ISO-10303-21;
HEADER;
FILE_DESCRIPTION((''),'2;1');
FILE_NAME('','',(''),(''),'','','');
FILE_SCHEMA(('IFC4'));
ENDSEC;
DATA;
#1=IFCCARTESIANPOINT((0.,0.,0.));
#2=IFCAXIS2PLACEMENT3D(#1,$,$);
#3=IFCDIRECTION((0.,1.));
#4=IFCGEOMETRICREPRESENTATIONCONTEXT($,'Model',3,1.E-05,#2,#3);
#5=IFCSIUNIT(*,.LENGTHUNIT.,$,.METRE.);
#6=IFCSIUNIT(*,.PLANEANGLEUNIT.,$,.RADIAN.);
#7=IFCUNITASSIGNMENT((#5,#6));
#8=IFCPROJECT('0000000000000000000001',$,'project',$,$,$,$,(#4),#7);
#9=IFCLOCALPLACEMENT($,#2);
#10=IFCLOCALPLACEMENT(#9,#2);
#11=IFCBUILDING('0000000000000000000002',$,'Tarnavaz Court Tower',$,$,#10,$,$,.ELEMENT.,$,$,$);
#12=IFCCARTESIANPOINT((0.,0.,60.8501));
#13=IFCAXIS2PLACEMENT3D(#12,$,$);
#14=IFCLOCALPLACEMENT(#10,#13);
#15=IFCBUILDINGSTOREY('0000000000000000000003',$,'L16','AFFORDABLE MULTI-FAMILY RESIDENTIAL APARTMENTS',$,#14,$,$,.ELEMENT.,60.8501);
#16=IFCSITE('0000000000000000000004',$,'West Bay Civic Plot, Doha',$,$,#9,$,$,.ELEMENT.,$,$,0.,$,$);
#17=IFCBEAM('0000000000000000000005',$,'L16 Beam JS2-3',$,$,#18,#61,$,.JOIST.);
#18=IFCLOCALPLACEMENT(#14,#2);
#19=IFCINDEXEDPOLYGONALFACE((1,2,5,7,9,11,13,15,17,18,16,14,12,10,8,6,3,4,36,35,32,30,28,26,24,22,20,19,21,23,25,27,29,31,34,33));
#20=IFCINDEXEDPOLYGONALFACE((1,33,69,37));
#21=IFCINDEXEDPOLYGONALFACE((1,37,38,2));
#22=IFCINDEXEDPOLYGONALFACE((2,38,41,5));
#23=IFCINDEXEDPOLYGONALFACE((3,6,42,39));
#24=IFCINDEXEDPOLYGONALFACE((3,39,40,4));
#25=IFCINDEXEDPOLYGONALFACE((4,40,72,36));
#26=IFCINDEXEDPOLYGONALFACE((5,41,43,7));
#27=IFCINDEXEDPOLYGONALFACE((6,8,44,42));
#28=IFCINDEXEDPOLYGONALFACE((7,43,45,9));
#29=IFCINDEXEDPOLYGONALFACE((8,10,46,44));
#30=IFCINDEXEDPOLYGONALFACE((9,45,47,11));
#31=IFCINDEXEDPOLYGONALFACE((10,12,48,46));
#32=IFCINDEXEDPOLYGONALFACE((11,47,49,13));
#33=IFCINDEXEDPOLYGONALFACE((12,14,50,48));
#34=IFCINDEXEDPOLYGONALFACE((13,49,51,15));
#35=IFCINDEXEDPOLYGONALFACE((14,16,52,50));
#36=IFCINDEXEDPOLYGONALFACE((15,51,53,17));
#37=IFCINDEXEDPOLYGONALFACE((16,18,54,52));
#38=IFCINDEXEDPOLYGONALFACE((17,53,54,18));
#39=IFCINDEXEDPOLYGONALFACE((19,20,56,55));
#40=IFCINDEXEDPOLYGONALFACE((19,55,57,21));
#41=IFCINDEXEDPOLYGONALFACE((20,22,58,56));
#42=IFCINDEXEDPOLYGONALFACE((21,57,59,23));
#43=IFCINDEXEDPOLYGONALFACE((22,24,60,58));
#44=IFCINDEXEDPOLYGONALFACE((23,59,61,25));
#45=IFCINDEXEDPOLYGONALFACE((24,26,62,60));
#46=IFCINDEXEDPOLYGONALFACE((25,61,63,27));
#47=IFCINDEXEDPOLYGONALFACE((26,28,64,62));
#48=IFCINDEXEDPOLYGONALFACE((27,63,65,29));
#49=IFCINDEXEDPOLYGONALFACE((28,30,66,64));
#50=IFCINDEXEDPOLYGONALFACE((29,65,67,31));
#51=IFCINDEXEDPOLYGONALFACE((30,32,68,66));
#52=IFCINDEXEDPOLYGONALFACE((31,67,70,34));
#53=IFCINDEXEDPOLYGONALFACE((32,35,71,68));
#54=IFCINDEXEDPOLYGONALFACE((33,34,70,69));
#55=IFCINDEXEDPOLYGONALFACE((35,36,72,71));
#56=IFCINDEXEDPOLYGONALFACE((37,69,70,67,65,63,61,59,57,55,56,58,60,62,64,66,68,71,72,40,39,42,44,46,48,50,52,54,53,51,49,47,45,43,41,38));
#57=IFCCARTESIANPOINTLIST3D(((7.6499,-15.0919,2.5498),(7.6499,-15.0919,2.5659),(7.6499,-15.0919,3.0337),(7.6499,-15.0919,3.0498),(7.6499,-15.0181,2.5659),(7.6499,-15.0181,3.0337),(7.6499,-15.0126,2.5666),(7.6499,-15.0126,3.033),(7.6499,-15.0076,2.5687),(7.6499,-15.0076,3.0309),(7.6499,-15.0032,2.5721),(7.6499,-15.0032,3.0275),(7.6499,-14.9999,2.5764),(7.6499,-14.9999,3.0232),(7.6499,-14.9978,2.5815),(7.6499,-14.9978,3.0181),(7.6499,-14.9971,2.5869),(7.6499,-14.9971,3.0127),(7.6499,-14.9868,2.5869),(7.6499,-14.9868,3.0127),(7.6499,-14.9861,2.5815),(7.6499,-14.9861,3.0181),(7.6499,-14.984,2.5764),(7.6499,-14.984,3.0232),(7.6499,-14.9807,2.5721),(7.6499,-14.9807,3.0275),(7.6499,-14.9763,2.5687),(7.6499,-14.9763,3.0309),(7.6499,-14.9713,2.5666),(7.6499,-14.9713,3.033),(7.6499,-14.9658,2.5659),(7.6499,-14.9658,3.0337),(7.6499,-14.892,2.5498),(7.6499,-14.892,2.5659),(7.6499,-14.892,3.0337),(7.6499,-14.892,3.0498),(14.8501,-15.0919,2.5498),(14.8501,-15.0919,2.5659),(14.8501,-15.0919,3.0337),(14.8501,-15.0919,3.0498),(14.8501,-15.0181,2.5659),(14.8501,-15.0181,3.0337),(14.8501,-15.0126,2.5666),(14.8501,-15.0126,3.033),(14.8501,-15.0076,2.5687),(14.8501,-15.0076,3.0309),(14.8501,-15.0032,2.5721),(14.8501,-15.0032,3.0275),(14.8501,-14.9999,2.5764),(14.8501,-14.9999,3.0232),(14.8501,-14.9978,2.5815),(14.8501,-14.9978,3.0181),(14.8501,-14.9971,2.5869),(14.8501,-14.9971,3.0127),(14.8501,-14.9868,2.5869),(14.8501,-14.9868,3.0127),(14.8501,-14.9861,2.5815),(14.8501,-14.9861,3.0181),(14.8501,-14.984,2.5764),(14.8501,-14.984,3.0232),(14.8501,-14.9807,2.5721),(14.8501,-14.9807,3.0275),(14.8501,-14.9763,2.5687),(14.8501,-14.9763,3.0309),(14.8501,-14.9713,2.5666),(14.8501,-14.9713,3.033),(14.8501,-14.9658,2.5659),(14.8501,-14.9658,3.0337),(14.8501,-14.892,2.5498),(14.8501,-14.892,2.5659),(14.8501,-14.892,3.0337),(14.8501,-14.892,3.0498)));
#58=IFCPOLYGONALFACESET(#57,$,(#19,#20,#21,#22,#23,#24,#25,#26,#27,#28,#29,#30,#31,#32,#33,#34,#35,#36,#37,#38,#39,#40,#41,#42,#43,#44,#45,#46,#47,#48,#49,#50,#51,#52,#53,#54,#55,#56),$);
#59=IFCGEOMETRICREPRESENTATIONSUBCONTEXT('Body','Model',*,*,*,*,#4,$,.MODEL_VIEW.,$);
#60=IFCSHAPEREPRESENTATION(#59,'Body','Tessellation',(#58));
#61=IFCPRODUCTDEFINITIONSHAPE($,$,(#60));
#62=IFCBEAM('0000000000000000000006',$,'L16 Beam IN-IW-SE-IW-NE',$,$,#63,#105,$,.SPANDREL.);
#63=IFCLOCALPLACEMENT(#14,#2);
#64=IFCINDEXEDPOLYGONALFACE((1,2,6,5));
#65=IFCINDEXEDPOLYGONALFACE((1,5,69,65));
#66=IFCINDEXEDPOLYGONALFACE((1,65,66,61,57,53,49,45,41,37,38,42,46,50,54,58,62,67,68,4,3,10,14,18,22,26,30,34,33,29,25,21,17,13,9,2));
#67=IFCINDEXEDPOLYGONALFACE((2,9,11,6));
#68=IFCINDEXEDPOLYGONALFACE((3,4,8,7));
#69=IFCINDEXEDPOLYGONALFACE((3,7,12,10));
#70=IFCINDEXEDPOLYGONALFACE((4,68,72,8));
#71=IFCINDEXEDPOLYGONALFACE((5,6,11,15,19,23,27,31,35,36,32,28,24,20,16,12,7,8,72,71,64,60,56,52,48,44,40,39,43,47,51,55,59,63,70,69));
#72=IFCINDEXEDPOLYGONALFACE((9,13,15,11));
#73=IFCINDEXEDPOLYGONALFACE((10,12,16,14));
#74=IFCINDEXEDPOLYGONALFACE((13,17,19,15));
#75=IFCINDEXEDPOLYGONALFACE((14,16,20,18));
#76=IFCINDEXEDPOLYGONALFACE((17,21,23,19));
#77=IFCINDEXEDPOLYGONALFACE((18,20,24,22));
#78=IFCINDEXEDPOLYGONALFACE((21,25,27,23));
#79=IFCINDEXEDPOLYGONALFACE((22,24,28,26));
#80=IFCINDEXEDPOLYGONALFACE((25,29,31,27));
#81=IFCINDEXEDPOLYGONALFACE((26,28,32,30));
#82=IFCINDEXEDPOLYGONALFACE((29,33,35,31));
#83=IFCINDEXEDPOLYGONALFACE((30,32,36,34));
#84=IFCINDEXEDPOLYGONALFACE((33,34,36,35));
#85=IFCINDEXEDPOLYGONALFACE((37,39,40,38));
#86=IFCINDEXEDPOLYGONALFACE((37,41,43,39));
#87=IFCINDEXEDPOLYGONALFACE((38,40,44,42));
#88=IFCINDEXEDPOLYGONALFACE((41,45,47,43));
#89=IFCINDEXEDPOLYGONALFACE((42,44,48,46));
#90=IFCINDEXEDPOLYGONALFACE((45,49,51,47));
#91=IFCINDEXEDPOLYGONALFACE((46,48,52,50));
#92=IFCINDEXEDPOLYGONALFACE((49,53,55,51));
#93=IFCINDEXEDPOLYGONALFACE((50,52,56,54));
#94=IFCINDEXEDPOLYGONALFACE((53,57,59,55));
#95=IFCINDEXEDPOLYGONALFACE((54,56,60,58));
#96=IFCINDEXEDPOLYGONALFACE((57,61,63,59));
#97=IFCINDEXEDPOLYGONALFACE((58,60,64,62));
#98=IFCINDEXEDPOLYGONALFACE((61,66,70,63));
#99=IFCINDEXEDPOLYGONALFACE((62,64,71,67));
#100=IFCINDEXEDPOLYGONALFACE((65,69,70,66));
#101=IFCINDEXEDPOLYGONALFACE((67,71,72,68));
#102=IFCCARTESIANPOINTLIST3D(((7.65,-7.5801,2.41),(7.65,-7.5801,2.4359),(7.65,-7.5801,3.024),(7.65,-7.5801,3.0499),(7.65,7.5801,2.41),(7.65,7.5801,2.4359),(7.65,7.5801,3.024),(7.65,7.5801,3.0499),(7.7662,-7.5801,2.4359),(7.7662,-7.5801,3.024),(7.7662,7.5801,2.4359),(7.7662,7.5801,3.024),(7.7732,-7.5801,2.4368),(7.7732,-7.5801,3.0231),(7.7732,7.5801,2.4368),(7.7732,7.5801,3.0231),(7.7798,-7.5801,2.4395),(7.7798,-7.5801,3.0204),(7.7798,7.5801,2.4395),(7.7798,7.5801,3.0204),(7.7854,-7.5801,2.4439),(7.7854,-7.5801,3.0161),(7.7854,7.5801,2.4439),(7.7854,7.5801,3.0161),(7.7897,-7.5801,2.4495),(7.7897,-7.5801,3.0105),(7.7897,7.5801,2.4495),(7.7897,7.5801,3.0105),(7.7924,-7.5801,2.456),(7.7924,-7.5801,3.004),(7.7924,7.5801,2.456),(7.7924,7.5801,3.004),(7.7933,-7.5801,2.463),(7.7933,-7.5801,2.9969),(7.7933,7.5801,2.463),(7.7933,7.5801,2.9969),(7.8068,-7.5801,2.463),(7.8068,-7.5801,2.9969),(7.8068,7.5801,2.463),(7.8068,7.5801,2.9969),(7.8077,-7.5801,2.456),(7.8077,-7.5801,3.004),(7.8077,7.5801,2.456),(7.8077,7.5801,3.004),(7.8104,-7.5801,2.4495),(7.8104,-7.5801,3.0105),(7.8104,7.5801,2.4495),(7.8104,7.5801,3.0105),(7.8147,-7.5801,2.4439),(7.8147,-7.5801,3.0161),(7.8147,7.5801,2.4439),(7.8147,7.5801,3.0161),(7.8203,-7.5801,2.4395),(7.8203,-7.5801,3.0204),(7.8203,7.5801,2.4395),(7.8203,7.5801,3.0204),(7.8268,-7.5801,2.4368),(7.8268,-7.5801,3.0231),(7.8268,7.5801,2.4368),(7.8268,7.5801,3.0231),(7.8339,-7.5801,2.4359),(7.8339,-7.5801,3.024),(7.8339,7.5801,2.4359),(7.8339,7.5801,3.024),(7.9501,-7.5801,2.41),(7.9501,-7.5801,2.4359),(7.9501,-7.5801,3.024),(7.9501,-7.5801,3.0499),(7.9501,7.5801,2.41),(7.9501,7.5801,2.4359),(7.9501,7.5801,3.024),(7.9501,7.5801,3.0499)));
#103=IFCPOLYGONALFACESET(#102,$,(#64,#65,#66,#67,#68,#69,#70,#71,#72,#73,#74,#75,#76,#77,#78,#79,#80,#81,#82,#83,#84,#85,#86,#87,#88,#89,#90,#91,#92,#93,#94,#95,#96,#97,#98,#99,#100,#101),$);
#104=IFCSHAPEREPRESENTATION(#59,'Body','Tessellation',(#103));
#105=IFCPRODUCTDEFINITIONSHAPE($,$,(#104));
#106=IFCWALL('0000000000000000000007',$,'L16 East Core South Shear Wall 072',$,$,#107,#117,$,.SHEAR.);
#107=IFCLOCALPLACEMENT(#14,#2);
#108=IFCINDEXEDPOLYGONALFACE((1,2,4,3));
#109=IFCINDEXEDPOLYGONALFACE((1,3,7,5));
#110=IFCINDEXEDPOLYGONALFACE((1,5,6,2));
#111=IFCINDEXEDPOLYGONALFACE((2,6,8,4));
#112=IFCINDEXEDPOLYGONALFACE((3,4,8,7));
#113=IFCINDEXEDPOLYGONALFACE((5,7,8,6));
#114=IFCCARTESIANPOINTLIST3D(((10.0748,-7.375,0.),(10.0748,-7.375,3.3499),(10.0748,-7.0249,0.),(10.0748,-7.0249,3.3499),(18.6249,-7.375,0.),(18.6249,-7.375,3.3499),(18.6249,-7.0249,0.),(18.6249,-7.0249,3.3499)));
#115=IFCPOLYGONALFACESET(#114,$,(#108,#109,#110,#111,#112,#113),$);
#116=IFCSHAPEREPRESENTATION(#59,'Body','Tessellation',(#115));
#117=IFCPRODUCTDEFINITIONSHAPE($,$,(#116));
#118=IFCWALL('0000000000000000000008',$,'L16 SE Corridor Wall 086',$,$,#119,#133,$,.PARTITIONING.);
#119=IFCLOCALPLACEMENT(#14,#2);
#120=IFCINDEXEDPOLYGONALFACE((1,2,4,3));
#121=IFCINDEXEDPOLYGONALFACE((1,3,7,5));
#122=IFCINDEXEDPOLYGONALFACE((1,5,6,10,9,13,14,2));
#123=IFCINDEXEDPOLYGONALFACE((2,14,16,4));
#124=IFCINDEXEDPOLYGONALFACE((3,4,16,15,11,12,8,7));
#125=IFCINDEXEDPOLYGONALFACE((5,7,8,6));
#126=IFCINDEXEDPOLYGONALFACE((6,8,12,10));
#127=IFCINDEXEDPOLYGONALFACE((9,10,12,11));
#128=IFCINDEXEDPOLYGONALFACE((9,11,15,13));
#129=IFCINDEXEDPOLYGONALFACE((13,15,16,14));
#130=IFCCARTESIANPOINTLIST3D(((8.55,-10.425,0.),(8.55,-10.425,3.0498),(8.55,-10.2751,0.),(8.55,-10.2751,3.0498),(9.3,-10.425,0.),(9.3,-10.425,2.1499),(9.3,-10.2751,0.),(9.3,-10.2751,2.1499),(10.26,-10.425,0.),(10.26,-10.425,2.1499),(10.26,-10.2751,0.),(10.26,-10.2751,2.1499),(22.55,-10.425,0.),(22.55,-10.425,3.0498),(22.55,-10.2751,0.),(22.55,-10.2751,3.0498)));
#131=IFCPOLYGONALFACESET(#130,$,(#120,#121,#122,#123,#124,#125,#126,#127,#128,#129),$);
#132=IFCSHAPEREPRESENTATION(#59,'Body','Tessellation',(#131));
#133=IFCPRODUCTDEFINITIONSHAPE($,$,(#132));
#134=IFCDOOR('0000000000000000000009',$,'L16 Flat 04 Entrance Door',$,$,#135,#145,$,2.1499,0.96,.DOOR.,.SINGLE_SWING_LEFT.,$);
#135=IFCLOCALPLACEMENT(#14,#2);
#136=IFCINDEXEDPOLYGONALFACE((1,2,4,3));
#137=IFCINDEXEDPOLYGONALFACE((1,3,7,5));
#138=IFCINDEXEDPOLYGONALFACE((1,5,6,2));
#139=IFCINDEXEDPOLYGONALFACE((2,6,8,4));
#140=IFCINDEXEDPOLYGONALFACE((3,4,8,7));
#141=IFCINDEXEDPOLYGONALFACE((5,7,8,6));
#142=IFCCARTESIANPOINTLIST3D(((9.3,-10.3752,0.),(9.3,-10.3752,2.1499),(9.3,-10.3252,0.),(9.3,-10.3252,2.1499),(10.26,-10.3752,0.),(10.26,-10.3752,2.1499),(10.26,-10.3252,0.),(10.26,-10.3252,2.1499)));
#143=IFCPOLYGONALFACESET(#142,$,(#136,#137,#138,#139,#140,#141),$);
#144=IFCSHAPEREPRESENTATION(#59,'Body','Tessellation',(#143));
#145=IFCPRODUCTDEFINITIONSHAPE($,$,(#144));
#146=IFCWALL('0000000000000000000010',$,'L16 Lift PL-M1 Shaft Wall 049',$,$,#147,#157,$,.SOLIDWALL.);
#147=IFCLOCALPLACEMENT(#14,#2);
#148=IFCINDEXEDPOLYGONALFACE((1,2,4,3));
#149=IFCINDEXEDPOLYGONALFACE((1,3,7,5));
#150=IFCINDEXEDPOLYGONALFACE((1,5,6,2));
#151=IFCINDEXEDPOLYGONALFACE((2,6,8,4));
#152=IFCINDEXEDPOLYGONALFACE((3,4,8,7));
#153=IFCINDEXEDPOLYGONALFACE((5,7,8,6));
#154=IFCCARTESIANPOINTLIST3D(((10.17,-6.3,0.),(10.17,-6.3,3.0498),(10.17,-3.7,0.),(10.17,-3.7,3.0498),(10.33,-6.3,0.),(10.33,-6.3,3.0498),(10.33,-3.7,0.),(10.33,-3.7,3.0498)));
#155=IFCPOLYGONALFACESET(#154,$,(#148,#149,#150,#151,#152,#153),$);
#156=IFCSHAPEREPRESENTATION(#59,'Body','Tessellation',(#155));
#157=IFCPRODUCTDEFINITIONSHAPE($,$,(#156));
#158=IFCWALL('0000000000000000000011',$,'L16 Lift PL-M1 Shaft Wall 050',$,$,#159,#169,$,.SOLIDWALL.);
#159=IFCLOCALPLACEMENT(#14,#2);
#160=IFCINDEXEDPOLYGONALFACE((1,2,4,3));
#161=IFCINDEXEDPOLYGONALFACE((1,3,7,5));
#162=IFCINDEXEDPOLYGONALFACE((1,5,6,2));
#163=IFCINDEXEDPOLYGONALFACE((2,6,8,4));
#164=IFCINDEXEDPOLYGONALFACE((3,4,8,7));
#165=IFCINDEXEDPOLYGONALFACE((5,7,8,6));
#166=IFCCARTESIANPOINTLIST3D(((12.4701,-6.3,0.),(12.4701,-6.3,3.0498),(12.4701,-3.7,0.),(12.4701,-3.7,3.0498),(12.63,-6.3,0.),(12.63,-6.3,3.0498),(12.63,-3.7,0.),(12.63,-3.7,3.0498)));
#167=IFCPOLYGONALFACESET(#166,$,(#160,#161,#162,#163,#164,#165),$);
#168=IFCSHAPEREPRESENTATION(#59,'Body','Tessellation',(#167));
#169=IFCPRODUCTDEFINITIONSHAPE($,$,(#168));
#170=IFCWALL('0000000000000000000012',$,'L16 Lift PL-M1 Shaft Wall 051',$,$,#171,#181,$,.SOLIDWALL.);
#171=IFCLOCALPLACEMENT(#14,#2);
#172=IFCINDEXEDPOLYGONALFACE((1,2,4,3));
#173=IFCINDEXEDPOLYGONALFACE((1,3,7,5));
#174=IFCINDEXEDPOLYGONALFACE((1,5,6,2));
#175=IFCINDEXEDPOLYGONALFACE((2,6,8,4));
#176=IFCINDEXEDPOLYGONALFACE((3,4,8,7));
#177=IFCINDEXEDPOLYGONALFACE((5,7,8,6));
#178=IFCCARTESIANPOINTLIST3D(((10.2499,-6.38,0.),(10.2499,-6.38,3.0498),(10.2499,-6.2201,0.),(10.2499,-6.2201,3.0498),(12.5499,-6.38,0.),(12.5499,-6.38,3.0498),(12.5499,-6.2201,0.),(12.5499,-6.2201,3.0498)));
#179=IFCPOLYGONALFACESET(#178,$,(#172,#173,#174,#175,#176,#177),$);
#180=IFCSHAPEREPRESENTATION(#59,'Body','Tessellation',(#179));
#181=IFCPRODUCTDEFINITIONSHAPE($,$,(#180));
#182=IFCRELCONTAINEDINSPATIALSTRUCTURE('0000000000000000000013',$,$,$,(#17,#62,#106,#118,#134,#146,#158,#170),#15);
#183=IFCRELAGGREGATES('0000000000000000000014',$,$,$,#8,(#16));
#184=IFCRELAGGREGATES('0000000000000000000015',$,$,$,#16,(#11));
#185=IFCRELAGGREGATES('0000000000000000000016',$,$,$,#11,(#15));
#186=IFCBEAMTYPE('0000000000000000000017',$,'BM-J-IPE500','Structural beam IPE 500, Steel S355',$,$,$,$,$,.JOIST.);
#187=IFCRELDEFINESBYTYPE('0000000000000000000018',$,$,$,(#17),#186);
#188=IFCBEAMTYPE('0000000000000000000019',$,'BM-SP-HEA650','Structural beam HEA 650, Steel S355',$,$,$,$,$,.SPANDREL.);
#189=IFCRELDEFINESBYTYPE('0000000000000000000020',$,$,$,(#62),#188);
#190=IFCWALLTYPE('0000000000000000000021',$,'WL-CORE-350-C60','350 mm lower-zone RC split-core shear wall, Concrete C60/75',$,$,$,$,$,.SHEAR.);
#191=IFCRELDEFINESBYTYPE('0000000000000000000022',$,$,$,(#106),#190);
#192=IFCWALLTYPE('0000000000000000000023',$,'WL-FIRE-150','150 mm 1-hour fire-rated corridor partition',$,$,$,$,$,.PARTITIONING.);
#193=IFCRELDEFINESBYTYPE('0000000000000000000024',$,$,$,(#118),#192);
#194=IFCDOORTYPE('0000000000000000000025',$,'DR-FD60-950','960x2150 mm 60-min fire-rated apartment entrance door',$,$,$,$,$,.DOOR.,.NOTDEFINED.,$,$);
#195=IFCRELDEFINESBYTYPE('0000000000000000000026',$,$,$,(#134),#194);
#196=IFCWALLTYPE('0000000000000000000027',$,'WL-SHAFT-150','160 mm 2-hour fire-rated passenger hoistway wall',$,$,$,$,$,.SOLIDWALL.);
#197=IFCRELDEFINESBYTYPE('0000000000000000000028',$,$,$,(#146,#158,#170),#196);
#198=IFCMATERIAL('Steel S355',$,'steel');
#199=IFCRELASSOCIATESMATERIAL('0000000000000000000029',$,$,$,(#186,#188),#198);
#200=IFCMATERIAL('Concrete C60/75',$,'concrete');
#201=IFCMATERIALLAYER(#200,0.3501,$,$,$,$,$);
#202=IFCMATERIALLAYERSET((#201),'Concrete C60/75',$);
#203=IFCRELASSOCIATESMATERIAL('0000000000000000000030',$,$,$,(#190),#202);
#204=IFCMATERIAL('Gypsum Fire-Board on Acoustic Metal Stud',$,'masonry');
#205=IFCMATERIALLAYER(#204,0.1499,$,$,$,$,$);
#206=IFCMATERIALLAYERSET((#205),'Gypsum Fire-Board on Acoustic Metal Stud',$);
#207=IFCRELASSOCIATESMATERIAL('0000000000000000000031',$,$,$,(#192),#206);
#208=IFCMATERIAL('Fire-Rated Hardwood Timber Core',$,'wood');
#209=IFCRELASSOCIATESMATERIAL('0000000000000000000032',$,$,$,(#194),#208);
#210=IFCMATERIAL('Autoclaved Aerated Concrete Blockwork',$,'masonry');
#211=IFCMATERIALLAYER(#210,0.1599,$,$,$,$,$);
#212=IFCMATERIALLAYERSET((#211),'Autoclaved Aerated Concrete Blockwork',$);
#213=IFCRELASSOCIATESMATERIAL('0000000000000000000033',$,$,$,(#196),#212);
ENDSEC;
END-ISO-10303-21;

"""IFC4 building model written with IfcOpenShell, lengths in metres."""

from ifc_helpers import new_model, si_unit, direction, frame, frame_2d, origin, origin_2d, place, context, subcontext, project, spatial, rectangle, i_section, extrude, material, layer, layer_set, material_profile, profile_set, type_object, element, fill, save


model = new_model("IFC4")

# Units and contexts
model_context = context("Model", 3, precision=1e-05, world=origin(), true_north=direction((0.0, 1.0)))
body_context = subcontext(model_context, "Body", "Model", "MODEL_VIEW")
ifc_project = project(units=[si_unit("LENGTHUNIT", "METRE"), si_unit("PLANEANGLEUNIT", "RADIAN")], contexts=[model_context])

# Site, building, storey
site_placement = place(None, origin())
site = spatial("IfcSite", under=ifc_project, at=site_placement, Name="West Bay Civic Plot, Doha", CompositionType="ELEMENT", RefElevation=0.0)
building_placement = place(site_placement, origin())
building = spatial("IfcBuilding", under=site, at=building_placement, Name="Tarnavaz Court Tower", CompositionType="ELEMENT")
storey_placement = place(building_placement, frame((0.0, 0.0, 60.8501)))
storey = spatial("IfcBuildingStorey", under=building, at=storey_placement, Name="L16", Description="AFFORDABLE MULTI-FAMILY RESIDENTIAL APARTMENTS", CompositionType="ELEMENT", Elevation=60.8501)

# Shared definitions
ifc_material_1 = material(Name="Concrete C60/75", Category="concrete")

# Beams
ifc_material_2 = material(Name="Steel S355", Category="steel")
ifc_material_profile_1 = material_profile(ifc_material_2, i_section(OverallWidth=0.2, OverallDepth=0.5, WebThickness=0.0103, FlangeThickness=0.0161, FilletRadius=0.021, at=origin_2d()), Name="IPE 500")
ifc_profile_set_1 = profile_set([ifc_material_profile_1], Name="Steel S355")
beam_type_1 = type_object("IfcBeamType", Name="BM-J-IPE500", Description="Structural beam IPE 500, Steel S355", PredefinedType="JOIST", material=ifc_profile_set_1)
for number, where, z_axis, x_axis, name in (
    (1, (7.6499, -14.9919, 2.7998), (1.0, 0.0, 0.0), (0.0, 1.0, 0.0), "L16 Beam JS2-3"),
):
    element("IfcBeam", number, at=place(storey_placement, frame(where, z_axis=z_axis, x_axis=x_axis)), inside=storey, type_object=beam_type_1, Name=name, PredefinedType="JOIST", context=body_context, shape_type="SweptSolid", body=[
        extrude(i_section(OverallWidth=0.2, OverallDepth=0.5, WebThickness=0.0103, FlangeThickness=0.0161, FilletRadius=0.021, at=origin_2d()), origin(), (0.0, 0.0, 1.0), 7.2002),
    ])
ifc_material_profile_2 = material_profile(ifc_material_2, i_section(OverallWidth=0.3, OverallDepth=0.6399, WebThickness=0.0134, FlangeThickness=0.0259, FilletRadius=0.0271, at=origin_2d()), Name="HEA 650")
ifc_profile_set_2 = profile_set([ifc_material_profile_2], Name="Steel S355")
beam_type_2 = type_object("IfcBeamType", Name="BM-SP-HEA650", Description="Structural beam HEA 650, Steel S355", PredefinedType="SPANDREL", material=ifc_profile_set_2)
beam_1_placement = place(storey_placement, frame((7.8, -7.5801, 2.73), z_axis=(0.0, 1.0, 0.0), x_axis=(-1.0, 0.0, 0.0)))
element("IfcBeam", 2, at=beam_1_placement, inside=storey, type_object=beam_type_2, Name="L16 Beam IN-IW-SE-IW-NE", PredefinedType="SPANDREL", context=body_context, shape_type="SweptSolid", body=[
    extrude(i_section(OverallWidth=0.3, OverallDepth=0.6399, WebThickness=0.0134, FlangeThickness=0.0259, FilletRadius=0.0271, at=origin_2d()), origin(), (0.0, 0.0, 1.0), 15.1602),
])

# Wall
ifc_layer_1 = layer(ifc_material_1, 0.3501)
ifc_layer_set_1 = layer_set([ifc_layer_1], Name="Concrete C60/75")
wall_type_1 = type_object("IfcWallType", Name="WL-CORE-350-C60", Description="350 mm lower-zone RC split-core shear wall, Concrete C60/75", PredefinedType="SHEAR", material=ifc_layer_set_1)
wall_1_placement = place(storey_placement, frame((10.075, -7.2, 0.0), z_axis=(0.0, 0.0, 1.0), x_axis=(1.0, 0.0, 0.0)))
element("IfcWall", 3, at=wall_1_placement, inside=storey, type_object=wall_type_1, Name="L16 East Core South Shear Wall 072", PredefinedType="SHEAR", context=body_context, shape_type="SweptSolid", body=[
    extrude(rectangle(XDim=8.55, YDim=0.3501, at=frame_2d((4.2749, 0.0))), origin(), (0.0, 0.0, 1.0), 3.3499),
])

# Wall, opening, door
ifc_material_3 = material(Name="Gypsum Fire-Board on Acoustic Metal Stud", Category="masonry")
ifc_layer_2 = layer(ifc_material_3, 0.1499)
ifc_layer_set_2 = layer_set([ifc_layer_2], Name="Gypsum Fire-Board on Acoustic Metal Stud")
wall_type_2 = type_object("IfcWallType", Name="WL-FIRE-150", Description="150 mm 1-hour fire-rated corridor partition", PredefinedType="PARTITIONING", material=ifc_layer_set_2)
wall_2_placement = place(storey_placement, frame((8.55, -10.3501, 0.0), z_axis=(0.0, 0.0, 1.0), x_axis=(1.0, 0.0, 0.0)))
wall_2 = element("IfcWall", 4, at=wall_2_placement, inside=storey, type_object=wall_type_2, Name="L16 SE Corridor Wall 086", PredefinedType="PARTITIONING", context=body_context, shape_type="SweptSolid", body=[
    extrude(rectangle(XDim=14.0, YDim=0.1499, at=frame_2d((7.0, 0.0))), origin(), (0.0, 0.0, 1.0), 3.0498),
])
opening_1_placement = place(wall_2_placement, frame((0.75, 0.0, 0.0)))
opening_1 = element("IfcOpeningElement", 5, at=opening_1_placement, cuts=wall_2, PredefinedType="OPENING", context=body_context, shape_type="SweptSolid", body=[
    extrude(rectangle(XDim=0.96, YDim=2.1499, at=frame_2d((0.48, 1.075))), frame((0.0, 0.085, 0.0), z_axis=(0.0, -1.0, 0.0), x_axis=(1.0, 0.0, 0.0)), (0.0, 0.0, 1.0), 0.1699),
])
ifc_material_4 = material(Name="Fire-Rated Hardwood Timber Core", Category="wood")
door_type = type_object("IfcDoorType", Name="DR-FD60-950", Description="960x2150 mm 60-min fire-rated apartment entrance door", OperationType="NOTDEFINED", PredefinedType="DOOR", material=ifc_material_4)
door_placement = place(opening_1_placement, origin())
door = element("IfcDoor", 6, at=door_placement, inside=storey, type_object=door_type, Name="L16 Flat 04 Entrance Door", OperationType="SINGLE_SWING_LEFT", OverallHeight=2.1499, OverallWidth=0.96, PredefinedType="DOOR", context=body_context, shape_type="SweptSolid", body=[
    extrude(rectangle(XDim=0.96, YDim=2.1499, at=frame_2d((0.48, 1.075))), frame((0.0, 0.0249, 0.0), z_axis=(0.0, -1.0, 0.0), x_axis=(1.0, 0.0, 0.0)), (0.0, 0.0, 1.0), 0.05),
])
fill(opening_1, door)

# Walls
ifc_material_5 = material(Name="Autoclaved Aerated Concrete Blockwork", Category="masonry")
ifc_layer_3 = layer(ifc_material_5, 0.1599)
ifc_layer_set_3 = layer_set([ifc_layer_3], Name="Autoclaved Aerated Concrete Blockwork")
wall_type_3 = type_object("IfcWallType", Name="WL-SHAFT-150", Description="160 mm 2-hour fire-rated passenger hoistway wall", PredefinedType="SOLIDWALL", material=ifc_layer_set_3)
for number, where, z_axis, x_axis, name in (
    (7, (10.25, -6.3, 0.0), (0.0, 0.0, 1.0), (0.0, 1.0, 0.0), "L16 Lift PL-M1 Shaft Wall 049"),
    (8, (12.55, -6.3, 0.0), (0.0, 0.0, 1.0), (0.0, 1.0, 0.0), "L16 Lift PL-M1 Shaft Wall 050"),
):
    element("IfcWall", number, at=place(storey_placement, frame(where, z_axis=z_axis, x_axis=x_axis)), inside=storey, type_object=wall_type_3, Name=name, PredefinedType="SOLIDWALL", context=body_context, shape_type="SweptSolid", body=[
        extrude(rectangle(XDim=2.6001, YDim=0.1599, at=frame_2d((1.3, 0.0))), origin(), (0.0, 0.0, 1.0), 3.0498),
    ])
for number, where, z_axis, x_axis, name in (
    (9, (10.25, -6.3, 0.0), (0.0, 0.0, 1.0), (1.0, 0.0, 0.0), "L16 Lift PL-M1 Shaft Wall 051"),
):
    element("IfcWall", number, at=place(storey_placement, frame(where, z_axis=z_axis, x_axis=x_axis)), inside=storey, type_object=wall_type_3, Name=name, PredefinedType="SOLIDWALL", context=body_context, shape_type="SweptSolid", body=[
        extrude(rectangle(XDim=2.3, YDim=0.1599, at=frame_2d((1.1499, 0.0))), origin(), (0.0, 0.0, 1.0), 3.0498),
    ])

save(model, "model.ifc")
